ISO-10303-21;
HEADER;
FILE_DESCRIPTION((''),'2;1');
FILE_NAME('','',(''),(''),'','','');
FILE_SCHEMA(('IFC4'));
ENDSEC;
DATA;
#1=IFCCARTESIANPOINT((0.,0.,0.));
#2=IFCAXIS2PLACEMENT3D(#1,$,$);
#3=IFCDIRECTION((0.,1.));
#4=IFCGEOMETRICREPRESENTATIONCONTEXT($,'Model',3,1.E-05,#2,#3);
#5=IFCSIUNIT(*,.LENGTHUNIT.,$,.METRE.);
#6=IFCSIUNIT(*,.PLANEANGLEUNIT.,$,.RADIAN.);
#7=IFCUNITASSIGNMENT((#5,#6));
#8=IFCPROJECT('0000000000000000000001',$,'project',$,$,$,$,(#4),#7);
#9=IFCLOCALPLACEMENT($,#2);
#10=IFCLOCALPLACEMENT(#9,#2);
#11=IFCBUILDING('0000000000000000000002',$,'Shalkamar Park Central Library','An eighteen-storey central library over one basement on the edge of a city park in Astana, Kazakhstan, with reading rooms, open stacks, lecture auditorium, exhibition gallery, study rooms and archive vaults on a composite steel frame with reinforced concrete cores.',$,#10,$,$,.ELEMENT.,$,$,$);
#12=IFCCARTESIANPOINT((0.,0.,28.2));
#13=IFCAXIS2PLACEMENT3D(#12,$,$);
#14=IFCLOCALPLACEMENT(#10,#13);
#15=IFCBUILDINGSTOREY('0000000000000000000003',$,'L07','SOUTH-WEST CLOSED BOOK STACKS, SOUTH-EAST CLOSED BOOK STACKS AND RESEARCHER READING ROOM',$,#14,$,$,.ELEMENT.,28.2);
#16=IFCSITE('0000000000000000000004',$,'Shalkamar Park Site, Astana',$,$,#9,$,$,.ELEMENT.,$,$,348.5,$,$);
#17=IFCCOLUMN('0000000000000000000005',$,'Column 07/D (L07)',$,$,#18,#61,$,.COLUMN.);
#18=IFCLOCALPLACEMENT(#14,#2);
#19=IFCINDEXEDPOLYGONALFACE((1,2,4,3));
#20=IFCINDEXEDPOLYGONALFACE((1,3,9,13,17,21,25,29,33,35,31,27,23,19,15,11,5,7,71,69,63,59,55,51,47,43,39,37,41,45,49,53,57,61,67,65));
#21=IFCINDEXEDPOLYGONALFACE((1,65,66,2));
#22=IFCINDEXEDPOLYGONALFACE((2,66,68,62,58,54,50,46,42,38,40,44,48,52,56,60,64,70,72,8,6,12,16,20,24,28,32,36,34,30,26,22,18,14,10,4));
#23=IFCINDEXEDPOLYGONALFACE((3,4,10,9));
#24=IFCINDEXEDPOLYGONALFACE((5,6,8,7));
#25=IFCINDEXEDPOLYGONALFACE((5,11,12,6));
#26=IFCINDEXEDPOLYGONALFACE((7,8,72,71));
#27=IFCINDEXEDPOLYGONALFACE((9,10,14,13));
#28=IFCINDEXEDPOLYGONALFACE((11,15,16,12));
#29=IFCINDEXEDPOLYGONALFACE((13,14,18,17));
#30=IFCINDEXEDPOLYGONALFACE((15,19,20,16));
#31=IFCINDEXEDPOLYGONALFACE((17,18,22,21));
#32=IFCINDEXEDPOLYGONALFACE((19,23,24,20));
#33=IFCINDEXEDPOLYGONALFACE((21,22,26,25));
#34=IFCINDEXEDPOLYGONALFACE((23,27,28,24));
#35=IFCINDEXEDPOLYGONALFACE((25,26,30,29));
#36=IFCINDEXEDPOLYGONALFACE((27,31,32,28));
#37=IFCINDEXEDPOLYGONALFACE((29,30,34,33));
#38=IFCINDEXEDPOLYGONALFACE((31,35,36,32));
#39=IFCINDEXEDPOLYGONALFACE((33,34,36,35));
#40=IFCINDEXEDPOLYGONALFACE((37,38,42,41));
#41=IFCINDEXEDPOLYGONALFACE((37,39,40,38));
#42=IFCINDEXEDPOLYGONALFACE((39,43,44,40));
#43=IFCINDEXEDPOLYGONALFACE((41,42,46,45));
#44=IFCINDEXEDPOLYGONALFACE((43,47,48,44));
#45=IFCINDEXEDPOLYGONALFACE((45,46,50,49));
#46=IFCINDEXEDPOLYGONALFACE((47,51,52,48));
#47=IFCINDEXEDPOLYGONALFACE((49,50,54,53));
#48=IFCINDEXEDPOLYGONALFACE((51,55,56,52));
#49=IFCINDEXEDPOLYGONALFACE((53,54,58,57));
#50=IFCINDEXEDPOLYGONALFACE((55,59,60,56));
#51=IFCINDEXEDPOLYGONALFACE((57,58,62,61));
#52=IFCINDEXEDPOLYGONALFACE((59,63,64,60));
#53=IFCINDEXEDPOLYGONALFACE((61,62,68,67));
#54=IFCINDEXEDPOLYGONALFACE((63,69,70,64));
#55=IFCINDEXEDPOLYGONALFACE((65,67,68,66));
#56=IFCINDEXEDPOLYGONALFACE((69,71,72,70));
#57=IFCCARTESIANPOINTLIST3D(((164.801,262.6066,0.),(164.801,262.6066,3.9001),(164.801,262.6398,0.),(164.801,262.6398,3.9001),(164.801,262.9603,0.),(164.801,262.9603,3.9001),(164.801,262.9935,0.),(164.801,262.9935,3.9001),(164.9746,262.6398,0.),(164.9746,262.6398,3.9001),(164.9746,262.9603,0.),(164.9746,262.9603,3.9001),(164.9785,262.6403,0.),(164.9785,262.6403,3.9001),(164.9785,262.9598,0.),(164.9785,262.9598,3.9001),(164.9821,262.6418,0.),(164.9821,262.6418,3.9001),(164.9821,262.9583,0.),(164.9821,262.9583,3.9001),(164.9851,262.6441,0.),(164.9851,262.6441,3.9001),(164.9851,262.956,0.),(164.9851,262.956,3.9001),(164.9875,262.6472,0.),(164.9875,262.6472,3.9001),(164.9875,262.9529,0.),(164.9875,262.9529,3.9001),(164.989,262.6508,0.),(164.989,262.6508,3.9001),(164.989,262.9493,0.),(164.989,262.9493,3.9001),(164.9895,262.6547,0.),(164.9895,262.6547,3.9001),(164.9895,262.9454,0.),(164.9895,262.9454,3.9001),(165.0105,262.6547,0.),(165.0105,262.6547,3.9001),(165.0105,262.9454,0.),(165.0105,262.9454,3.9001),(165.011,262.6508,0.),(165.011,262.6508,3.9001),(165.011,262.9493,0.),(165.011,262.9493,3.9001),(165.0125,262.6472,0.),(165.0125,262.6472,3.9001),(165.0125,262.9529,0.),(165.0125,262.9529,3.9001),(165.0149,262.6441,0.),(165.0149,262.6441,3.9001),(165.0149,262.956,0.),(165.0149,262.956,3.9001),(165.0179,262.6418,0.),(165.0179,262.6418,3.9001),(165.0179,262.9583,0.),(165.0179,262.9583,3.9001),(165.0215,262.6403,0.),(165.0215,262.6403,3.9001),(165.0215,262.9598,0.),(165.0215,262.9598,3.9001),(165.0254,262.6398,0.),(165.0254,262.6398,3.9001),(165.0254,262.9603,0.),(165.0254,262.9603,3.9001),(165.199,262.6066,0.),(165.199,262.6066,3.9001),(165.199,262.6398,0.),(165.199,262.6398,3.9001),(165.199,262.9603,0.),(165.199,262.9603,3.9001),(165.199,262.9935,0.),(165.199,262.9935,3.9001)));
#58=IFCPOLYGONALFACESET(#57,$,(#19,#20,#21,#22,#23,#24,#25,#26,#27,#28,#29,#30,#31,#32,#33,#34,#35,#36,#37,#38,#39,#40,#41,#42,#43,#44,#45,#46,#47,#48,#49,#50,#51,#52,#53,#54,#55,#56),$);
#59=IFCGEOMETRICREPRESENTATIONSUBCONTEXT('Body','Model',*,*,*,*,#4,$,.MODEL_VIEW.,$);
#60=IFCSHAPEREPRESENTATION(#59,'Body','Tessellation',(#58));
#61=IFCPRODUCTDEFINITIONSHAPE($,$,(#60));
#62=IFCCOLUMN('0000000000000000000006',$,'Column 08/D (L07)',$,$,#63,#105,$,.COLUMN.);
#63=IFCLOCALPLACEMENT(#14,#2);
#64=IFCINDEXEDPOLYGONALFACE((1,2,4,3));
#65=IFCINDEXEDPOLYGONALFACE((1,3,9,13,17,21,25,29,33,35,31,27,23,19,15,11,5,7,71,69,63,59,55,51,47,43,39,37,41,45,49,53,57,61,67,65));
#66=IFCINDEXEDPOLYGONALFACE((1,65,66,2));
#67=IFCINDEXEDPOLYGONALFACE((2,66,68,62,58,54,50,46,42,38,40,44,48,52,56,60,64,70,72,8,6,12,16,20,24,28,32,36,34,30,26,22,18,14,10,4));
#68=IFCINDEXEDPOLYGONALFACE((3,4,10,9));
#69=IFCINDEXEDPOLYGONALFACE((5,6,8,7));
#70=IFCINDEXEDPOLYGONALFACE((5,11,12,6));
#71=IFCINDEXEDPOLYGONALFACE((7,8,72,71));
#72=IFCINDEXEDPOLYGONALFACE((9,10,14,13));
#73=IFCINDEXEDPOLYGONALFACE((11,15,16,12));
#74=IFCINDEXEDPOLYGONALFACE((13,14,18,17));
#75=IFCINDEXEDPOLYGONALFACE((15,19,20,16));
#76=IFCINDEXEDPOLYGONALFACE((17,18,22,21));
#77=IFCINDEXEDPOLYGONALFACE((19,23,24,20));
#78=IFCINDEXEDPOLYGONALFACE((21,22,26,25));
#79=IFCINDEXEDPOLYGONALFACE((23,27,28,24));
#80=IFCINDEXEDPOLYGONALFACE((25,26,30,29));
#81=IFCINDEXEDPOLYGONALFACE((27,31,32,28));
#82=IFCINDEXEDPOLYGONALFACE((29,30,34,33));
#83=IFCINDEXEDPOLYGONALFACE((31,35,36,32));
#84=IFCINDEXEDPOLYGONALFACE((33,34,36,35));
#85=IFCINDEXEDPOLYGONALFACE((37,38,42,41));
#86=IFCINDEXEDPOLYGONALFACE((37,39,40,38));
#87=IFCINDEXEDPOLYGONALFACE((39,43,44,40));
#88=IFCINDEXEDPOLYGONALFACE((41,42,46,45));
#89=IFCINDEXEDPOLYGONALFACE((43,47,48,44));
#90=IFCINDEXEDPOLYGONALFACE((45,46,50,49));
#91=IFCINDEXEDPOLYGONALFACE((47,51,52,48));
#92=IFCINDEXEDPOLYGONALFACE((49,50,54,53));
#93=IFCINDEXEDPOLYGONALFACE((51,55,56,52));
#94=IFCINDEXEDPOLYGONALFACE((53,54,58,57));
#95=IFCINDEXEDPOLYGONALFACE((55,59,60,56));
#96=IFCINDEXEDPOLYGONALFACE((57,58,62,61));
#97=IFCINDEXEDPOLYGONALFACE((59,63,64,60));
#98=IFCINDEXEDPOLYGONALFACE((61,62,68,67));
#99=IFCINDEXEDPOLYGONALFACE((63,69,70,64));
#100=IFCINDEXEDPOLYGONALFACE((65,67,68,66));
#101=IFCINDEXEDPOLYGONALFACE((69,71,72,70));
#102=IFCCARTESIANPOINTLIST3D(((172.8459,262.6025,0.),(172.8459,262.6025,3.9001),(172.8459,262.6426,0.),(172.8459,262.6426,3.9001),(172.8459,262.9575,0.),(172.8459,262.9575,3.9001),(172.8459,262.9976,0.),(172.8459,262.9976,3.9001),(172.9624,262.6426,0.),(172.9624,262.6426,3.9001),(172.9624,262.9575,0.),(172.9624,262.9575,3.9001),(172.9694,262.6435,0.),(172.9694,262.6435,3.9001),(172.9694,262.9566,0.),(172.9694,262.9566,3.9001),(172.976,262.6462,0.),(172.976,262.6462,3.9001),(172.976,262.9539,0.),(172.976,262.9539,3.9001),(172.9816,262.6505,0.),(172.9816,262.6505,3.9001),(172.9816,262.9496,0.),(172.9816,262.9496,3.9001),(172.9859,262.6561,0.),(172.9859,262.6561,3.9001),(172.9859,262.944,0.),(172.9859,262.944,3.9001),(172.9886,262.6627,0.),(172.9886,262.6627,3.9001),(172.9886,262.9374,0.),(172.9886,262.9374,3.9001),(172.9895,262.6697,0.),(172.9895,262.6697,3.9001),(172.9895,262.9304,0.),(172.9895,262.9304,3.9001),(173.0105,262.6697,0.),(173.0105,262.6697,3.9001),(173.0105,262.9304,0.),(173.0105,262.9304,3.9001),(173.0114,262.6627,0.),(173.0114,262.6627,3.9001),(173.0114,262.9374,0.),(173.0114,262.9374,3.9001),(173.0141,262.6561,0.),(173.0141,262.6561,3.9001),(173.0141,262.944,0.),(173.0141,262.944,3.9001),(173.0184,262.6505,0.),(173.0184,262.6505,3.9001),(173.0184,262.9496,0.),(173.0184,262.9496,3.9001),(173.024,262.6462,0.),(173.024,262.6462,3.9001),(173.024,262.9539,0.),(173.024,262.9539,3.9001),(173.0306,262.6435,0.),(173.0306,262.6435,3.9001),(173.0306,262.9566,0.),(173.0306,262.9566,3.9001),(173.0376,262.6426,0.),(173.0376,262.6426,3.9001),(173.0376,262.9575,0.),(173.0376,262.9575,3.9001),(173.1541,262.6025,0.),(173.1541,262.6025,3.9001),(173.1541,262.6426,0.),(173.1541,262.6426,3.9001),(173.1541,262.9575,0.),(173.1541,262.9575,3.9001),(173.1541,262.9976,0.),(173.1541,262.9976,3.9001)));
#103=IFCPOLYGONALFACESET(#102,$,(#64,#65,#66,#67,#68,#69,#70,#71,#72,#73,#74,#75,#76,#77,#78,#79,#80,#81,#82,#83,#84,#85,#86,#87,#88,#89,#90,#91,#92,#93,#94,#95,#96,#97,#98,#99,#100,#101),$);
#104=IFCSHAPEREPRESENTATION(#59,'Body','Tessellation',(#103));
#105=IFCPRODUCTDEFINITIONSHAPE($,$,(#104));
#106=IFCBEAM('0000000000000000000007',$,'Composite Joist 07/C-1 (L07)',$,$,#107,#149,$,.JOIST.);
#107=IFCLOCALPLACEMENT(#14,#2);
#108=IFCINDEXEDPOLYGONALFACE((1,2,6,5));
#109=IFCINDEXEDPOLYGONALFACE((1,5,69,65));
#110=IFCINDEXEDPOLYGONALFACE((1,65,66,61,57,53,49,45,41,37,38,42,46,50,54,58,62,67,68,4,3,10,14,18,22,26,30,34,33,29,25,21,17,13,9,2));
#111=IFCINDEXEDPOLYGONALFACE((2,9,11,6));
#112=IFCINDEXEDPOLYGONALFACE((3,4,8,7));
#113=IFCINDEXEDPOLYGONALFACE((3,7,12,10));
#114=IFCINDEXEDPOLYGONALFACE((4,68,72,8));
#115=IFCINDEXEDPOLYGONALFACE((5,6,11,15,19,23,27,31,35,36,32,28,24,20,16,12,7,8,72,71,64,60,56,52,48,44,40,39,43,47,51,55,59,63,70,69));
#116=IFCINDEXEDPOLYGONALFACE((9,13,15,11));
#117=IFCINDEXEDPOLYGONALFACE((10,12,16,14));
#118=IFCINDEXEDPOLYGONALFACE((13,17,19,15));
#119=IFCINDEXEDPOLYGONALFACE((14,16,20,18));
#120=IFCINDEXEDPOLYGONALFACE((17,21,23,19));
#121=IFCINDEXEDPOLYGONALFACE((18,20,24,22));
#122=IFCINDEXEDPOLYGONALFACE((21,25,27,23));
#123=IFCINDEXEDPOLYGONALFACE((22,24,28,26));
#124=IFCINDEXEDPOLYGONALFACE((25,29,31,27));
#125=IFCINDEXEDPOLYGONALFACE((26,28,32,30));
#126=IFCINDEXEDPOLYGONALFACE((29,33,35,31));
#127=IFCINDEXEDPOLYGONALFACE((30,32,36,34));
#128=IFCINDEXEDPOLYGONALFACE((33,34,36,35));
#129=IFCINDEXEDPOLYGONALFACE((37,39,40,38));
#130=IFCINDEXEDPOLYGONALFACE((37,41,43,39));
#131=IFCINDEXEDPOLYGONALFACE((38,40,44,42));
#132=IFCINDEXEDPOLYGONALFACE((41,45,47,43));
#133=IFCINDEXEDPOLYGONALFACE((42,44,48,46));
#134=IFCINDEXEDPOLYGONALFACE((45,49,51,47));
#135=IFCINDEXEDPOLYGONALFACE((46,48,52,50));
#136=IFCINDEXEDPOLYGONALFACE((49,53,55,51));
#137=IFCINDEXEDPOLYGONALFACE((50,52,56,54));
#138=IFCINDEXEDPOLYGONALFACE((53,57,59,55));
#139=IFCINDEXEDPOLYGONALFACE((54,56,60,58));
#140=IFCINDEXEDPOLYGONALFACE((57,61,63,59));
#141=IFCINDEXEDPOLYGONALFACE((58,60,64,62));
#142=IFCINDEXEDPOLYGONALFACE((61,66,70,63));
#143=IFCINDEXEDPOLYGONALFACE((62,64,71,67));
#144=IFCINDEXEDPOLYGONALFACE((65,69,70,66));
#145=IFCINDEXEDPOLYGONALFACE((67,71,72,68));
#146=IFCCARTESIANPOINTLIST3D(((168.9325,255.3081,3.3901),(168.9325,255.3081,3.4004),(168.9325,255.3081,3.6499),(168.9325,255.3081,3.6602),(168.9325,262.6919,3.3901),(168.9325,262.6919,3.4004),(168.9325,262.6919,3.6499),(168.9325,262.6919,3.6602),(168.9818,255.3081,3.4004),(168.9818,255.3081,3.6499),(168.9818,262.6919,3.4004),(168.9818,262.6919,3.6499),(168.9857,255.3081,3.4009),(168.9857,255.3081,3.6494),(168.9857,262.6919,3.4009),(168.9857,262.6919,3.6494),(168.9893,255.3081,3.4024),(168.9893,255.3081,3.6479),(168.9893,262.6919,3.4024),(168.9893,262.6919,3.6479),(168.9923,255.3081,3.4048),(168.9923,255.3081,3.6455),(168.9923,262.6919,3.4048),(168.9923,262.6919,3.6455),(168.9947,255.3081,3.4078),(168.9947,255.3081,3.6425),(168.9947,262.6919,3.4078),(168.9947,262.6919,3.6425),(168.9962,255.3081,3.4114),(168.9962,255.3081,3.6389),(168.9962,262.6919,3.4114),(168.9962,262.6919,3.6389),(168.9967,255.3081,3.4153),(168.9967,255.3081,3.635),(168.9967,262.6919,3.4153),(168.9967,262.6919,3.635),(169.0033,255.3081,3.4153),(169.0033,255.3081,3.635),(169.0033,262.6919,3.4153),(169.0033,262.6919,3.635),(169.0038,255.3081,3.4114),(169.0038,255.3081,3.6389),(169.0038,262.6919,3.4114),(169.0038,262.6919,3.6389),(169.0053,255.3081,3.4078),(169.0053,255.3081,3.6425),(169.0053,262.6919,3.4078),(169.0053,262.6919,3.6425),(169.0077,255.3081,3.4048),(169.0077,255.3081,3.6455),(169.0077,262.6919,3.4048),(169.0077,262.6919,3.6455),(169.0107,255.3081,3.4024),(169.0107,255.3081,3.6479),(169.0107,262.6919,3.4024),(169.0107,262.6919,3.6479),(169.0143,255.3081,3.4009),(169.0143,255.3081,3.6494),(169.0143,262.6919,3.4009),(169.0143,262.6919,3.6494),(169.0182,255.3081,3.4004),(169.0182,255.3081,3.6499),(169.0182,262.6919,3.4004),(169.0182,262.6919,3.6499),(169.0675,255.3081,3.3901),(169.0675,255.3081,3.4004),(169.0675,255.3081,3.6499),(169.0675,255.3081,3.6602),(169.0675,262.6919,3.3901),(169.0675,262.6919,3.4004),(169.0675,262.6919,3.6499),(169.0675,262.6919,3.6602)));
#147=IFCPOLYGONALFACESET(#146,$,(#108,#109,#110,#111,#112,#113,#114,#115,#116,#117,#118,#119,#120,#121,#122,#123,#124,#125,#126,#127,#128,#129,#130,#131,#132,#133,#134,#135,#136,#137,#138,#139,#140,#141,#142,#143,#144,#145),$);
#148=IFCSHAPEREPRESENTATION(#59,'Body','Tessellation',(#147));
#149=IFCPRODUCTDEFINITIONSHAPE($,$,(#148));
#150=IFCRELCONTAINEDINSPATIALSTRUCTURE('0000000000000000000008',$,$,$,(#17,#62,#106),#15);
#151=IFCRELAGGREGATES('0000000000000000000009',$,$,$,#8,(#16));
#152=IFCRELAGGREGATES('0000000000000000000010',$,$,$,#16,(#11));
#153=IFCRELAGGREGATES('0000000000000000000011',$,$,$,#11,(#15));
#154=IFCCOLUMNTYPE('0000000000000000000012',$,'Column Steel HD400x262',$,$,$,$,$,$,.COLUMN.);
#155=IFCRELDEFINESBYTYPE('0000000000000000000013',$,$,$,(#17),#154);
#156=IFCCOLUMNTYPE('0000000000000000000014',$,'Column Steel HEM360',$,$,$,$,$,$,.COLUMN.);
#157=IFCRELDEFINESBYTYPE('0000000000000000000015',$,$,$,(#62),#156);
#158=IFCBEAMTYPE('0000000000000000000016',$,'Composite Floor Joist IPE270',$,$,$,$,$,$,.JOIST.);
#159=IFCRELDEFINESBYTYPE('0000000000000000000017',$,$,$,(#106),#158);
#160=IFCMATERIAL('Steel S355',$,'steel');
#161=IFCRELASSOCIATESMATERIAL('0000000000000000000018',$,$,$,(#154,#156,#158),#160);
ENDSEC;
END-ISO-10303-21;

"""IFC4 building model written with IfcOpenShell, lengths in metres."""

from ifc_helpers import new_model, si_unit, direction, frame, origin, origin_2d, place, context, subcontext, project, spatial, i_section, extrude, material, material_profile, profile_set, type_object, element, save


model = new_model("IFC4")

# Units and contexts
model_context = context("Model", 3, precision=1e-05, world=origin(), true_north=direction((0.0, 1.0)))
body_context = subcontext(model_context, "Body", "Model", "MODEL_VIEW")
ifc_project = project(units=[si_unit("LENGTHUNIT", "METRE"), si_unit("PLANEANGLEUNIT", "RADIAN")], contexts=[model_context])

# Site, building, storey
site_placement = place(None, origin())
site = spatial("IfcSite", under=ifc_project, at=site_placement, Name="Shalkamar Park Site, Astana", CompositionType="ELEMENT", RefElevation=348.5)
building_placement = place(site_placement, origin())
building = spatial("IfcBuilding", under=site, at=building_placement, Name="Shalkamar Park Central Library", Description="An eighteen-storey central library over one basement on the edge of a city park in Astana, Kazakhstan, with reading rooms, open stacks, lecture auditorium, exhibition gallery, study rooms and archive vaults on a composite steel frame with reinforced concrete cores.", CompositionType="ELEMENT")
storey_placement = place(building_placement, frame((0.0, 0.0, 28.2)))
storey = spatial("IfcBuildingStorey", under=building, at=storey_placement, Name="L07", Description="SOUTH-WEST CLOSED BOOK STACKS, SOUTH-EAST CLOSED BOOK STACKS AND RESEARCHER READING ROOM", CompositionType="ELEMENT", Elevation=28.2)

# Columns
ifc_material_1 = material(Name="Steel S355", Category="steel")
ifc_material_profile_1 = material_profile(ifc_material_1, i_section(OverallWidth=0.3979, OverallDepth=0.387, WebThickness=0.021, FlangeThickness=0.0332, FilletRadius=0.0149, at=origin_2d()), Name="HD 400x262")
ifc_profile_set_1 = profile_set([ifc_material_profile_1], Name="Steel S355")
column_type_1 = type_object("IfcColumnType", Name="Column Steel HD400x262", PredefinedType="COLUMN", material=ifc_profile_set_1)
column_1_placement = place(storey_placement, frame((165.0, 262.8, 0.0), z_axis=(0.0, 0.0, 1.0), x_axis=(1.0, 0.0, 0.0)))
element("IfcColumn", 1, at=column_1_placement, inside=storey, type_object=column_type_1, Name="Column 07/D (L07)", PredefinedType="COLUMN", context=body_context, shape_type="SweptSolid", body=[
    extrude(i_section(OverallWidth=0.3979, OverallDepth=0.387, WebThickness=0.021, FlangeThickness=0.0332, FilletRadius=0.0149, at=origin_2d()), origin(), (0.0, 0.0, 1.0), 3.9001),
])
ifc_material_profile_2 = material_profile(ifc_material_1, i_section(OverallWidth=0.3081, OverallDepth=0.395, WebThickness=0.021, FlangeThickness=0.04, FilletRadius=0.0271, at=origin_2d()), Name="HEM 360")
ifc_profile_set_2 = profile_set([ifc_material_profile_2], Name="Steel S355")
column_type_2 = type_object("IfcColumnType", Name="Column Steel HEM360", PredefinedType="COLUMN", material=ifc_profile_set_2)
column_2_placement = place(storey_placement, frame((173.0, 262.8, 0.0), z_axis=(0.0, 0.0, 1.0), x_axis=(1.0, 0.0, 0.0)))
element("IfcColumn", 2, at=column_2_placement, inside=storey, type_object=column_type_2, Name="Column 08/D (L07)", PredefinedType="COLUMN", context=body_context, shape_type="SweptSolid", body=[
    extrude(i_section(OverallWidth=0.3081, OverallDepth=0.395, WebThickness=0.021, FlangeThickness=0.04, FilletRadius=0.0271, at=origin_2d()), origin(), (0.0, 0.0, 1.0), 3.9001),
])

# Beam
ifc_material_profile_3 = material_profile(ifc_material_1, i_section(OverallWidth=0.135, OverallDepth=0.27, WebThickness=0.0066, FlangeThickness=0.0103, FilletRadius=0.0149, at=origin_2d()), Name="IPE 270")
ifc_profile_set_3 = profile_set([ifc_material_profile_3], Name="Steel S355")
beam_type_1 = type_object("IfcBeamType", Name="Composite Floor Joist IPE270", PredefinedType="JOIST", material=ifc_profile_set_3)
beam_1_placement = place(storey_placement, frame((169.0, 255.3081, 3.5251), z_axis=(0.0, 1.0, 0.0), x_axis=(-1.0, 0.0, 0.0)))
element("IfcBeam", 3, at=beam_1_placement, inside=storey, type_object=beam_type_1, Name="Composite Joist 07/C-1 (L07)", PredefinedType="JOIST", context=body_context, shape_type="SweptSolid", body=[
    extrude(i_section(OverallWidth=0.135, OverallDepth=0.27, WebThickness=0.0066, FlangeThickness=0.0103, FilletRadius=0.0149, at=origin_2d()), origin(), (0.0, 0.0, 1.0), 7.3838),
])

save(model, "model.ifc")
